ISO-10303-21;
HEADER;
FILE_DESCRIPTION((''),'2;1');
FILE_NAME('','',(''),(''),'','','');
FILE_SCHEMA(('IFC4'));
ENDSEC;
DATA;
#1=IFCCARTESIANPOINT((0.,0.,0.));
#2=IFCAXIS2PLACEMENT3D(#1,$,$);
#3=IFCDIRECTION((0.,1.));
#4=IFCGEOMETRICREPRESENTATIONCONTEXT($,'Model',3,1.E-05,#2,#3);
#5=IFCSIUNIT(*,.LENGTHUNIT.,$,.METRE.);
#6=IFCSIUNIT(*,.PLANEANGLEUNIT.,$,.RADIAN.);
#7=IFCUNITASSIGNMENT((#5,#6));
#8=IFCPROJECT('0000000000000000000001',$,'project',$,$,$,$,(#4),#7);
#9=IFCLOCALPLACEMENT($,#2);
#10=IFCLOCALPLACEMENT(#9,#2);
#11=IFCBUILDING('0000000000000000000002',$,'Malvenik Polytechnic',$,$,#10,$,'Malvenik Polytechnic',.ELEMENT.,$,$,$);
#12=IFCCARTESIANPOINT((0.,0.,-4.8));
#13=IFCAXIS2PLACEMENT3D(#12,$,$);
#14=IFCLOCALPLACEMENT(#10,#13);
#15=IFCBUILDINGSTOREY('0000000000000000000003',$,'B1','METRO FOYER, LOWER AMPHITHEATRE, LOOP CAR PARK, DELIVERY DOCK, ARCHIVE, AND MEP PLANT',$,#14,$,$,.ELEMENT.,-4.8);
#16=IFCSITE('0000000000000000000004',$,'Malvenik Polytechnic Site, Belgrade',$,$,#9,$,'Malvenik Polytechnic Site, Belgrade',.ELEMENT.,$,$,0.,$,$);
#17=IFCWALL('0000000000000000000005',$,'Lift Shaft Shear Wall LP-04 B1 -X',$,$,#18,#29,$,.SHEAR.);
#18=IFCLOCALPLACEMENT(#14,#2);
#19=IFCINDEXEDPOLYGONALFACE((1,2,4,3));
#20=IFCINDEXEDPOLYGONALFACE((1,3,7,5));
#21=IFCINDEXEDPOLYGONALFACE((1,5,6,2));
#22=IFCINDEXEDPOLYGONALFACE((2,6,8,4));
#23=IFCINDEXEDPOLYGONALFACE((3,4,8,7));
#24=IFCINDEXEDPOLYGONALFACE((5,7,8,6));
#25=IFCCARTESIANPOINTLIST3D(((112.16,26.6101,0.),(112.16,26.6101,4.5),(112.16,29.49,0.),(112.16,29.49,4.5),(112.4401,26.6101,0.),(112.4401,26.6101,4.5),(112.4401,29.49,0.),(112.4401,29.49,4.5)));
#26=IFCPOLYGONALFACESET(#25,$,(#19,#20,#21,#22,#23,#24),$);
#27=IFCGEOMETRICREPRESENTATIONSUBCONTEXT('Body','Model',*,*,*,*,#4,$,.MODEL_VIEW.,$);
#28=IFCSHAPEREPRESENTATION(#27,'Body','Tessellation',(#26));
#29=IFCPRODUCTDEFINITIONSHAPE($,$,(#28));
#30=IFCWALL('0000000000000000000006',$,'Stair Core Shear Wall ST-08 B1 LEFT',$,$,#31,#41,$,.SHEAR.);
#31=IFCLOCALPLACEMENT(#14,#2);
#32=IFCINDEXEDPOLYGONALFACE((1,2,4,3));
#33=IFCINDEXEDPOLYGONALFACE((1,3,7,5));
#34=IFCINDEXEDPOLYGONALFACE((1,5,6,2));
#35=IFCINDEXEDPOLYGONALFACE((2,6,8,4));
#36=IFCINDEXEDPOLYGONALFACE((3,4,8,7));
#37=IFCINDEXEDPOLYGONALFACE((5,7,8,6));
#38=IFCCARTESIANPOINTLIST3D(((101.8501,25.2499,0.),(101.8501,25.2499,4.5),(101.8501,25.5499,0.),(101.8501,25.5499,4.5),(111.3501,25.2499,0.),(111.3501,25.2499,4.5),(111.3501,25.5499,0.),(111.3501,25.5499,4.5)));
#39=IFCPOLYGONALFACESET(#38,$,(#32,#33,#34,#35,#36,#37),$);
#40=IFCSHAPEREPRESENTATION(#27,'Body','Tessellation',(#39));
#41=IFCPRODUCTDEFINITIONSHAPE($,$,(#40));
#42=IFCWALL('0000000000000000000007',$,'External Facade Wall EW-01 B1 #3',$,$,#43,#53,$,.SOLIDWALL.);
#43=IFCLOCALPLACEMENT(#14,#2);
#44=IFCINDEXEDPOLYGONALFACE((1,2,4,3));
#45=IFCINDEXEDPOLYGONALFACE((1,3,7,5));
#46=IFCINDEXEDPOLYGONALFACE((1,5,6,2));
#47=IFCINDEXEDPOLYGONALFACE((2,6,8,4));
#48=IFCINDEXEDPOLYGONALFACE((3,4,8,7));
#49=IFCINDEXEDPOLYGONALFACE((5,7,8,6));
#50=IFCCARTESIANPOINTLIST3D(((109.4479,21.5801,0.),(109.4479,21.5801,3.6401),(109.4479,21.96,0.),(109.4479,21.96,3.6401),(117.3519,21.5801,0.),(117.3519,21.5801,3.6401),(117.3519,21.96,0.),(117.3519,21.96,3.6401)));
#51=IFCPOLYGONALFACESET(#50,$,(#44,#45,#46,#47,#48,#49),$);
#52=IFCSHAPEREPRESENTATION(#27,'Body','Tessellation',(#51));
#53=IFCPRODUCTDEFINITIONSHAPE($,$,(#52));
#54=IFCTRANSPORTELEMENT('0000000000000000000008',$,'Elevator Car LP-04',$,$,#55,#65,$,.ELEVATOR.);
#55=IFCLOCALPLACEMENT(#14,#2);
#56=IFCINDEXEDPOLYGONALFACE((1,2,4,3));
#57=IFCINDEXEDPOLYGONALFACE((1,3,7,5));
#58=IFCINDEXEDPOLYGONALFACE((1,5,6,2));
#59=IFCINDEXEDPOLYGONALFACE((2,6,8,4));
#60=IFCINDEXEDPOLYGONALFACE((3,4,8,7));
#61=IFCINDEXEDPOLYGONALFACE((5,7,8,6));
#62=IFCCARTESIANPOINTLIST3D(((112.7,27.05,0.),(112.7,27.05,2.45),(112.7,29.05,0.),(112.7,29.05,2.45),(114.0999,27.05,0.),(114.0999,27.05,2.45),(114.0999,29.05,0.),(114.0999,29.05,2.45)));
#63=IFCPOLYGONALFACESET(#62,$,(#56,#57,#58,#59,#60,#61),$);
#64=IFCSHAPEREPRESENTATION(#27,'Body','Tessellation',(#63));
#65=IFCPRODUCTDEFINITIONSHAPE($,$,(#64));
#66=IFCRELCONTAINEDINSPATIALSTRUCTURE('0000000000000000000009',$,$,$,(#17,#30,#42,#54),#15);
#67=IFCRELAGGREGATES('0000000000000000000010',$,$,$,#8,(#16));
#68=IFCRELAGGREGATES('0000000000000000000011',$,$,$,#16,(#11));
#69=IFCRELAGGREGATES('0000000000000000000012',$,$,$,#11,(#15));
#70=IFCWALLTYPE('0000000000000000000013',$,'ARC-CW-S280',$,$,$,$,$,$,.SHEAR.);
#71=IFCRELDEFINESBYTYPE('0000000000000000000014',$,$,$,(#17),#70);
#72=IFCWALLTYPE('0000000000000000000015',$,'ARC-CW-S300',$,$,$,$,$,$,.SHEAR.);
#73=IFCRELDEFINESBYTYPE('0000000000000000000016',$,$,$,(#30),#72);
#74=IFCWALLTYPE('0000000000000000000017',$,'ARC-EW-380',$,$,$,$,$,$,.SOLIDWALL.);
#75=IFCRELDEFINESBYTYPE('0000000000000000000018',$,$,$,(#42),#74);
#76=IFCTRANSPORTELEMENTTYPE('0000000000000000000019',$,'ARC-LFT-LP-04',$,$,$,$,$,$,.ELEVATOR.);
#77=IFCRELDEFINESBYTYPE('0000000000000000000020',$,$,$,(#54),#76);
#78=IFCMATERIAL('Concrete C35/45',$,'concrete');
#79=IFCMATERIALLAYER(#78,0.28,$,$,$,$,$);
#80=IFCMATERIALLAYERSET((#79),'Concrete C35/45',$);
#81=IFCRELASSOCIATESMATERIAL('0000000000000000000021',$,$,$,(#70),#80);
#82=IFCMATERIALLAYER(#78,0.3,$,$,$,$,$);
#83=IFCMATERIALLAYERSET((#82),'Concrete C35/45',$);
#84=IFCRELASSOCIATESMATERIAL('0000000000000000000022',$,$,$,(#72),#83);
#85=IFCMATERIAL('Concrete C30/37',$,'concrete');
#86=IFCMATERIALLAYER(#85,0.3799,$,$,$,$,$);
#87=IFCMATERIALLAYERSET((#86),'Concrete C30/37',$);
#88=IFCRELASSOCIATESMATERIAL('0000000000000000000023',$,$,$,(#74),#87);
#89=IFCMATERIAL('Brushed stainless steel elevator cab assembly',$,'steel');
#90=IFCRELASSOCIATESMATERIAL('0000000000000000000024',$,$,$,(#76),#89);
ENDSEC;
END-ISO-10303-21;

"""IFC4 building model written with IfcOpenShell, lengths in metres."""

from ifc_helpers import new_model, si_unit, direction, frame, frame_2d, origin, origin_2d, place, context, subcontext, project, spatial, rectangle, extrude, material, layer, layer_set, type_object, element, save


model = new_model("IFC4")

# Units and contexts
model_context = context("Model", 3, precision=1e-05, world=origin(), true_north=direction((0.0, 1.0)))
body_context = subcontext(model_context, "Body", "Model", "MODEL_VIEW")
ifc_project = project(units=[si_unit("LENGTHUNIT", "METRE"), si_unit("PLANEANGLEUNIT", "RADIAN")], contexts=[model_context])

# Site, building, storey
site_placement = place(None, origin())
site = spatial("IfcSite", under=ifc_project, at=site_placement, Name="Malvenik Polytechnic Site, Belgrade", LongName="Malvenik Polytechnic Site, Belgrade", CompositionType="ELEMENT", RefElevation=0.0)
building_placement = place(site_placement, origin())
building = spatial("IfcBuilding", under=site, at=building_placement, Name="Malvenik Polytechnic", LongName="Malvenik Polytechnic", CompositionType="ELEMENT")
storey_placement = place(building_placement, frame((0.0, 0.0, -4.8)))
storey = spatial("IfcBuildingStorey", under=building, at=storey_placement, Name="B1", Description="METRO FOYER, LOWER AMPHITHEATRE, LOOP CAR PARK, DELIVERY DOCK, ARCHIVE, AND MEP PLANT", CompositionType="ELEMENT", Elevation=-4.8)

# Shared definitions
ifc_material_1 = material(Name="Concrete C35/45", Category="concrete")

# Shared definitions
ifc_material_2 = material(Name="Concrete C30/37", Category="concrete")

# Walls
ifc_layer_1 = layer(ifc_material_1, 0.28)
ifc_layer_set_1 = layer_set([ifc_layer_1], Name="Concrete C35/45")
wall_type_1 = type_object("IfcWallType", Name="ARC-CW-S280", PredefinedType="SHEAR", material=ifc_layer_set_1)
wall_1_placement = place(storey_placement, frame((112.3, 26.6101, 0.0), z_axis=(0.0, 0.0, 1.0), x_axis=(0.0, 1.0, 0.0)))
element("IfcWall", 1, at=wall_1_placement, inside=storey, type_object=wall_type_1, Name="Lift Shaft Shear Wall LP-04 B1 -X", PredefinedType="SHEAR", context=body_context, shape_type="SweptSolid", body=[
    extrude(rectangle(XDim=2.8799, YDim=0.28, at=frame_2d((1.4399, 0.0))), origin(), (0.0, 0.0, 1.0), 4.5),
])
ifc_layer_2 = layer(ifc_material_1, 0.3)
ifc_layer_set_2 = layer_set([ifc_layer_2], Name="Concrete C35/45")
wall_type_2 = type_object("IfcWallType", Name="ARC-CW-S300", PredefinedType="SHEAR", material=ifc_layer_set_2)
wall_2_placement = place(storey_placement, frame((111.3501, 25.3999, 0.0), z_axis=(0.0, 0.0, 1.0), x_axis=(-1.0, 0.0, 0.0)))
element("IfcWall", 2, at=wall_2_placement, inside=storey, type_object=wall_type_2, Name="Stair Core Shear Wall ST-08 B1 LEFT", PredefinedType="SHEAR", context=body_context, shape_type="SweptSolid", body=[
    extrude(rectangle(XDim=9.5, YDim=0.3, at=frame_2d((4.75, 0.0))), origin(), (0.0, 0.0, 1.0), 4.5),
])
ifc_layer_3 = layer(ifc_material_2, 0.3799)
ifc_layer_set_3 = layer_set([ifc_layer_3], Name="Concrete C30/37")
wall_type_3 = type_object("IfcWallType", Name="ARC-EW-380", PredefinedType="SOLIDWALL", material=ifc_layer_set_3)
wall_3_placement = place(storey_placement, frame((117.3521, 21.77, 0.0), z_axis=(0.0, 0.0, 1.0), x_axis=(-1.0, 0.0, 0.0)))
element("IfcWall", 3, at=wall_3_placement, inside=storey, type_object=wall_type_3, Name="External Facade Wall EW-01 B1 #3", PredefinedType="SOLIDWALL", context=body_context, shape_type="SweptSolid", body=[
    extrude(rectangle(XDim=7.9041, YDim=0.3799, at=frame_2d((3.9521, 0.0))), origin(), (0.0, 0.0, 1.0), 3.6401),
])

# Transport element
ifc_material_3 = material(Name="Brushed stainless steel elevator cab assembly", Category="steel")
transport_element_type = type_object("IfcTransportElementType", Name="ARC-LFT-LP-04", PredefinedType="ELEVATOR", material=ifc_material_3)
transport_element_placement = place(storey_placement, frame((113.3999, 28.05, 0.0), z_axis=(0.0, 0.0, 1.0), x_axis=(1.0, 0.0, 0.0)))
element("IfcTransportElement", 4, at=transport_element_placement, inside=storey, type_object=transport_element_type, Name="Elevator Car LP-04", PredefinedType="ELEVATOR", context=body_context, shape_type="SweptSolid", body=[
    extrude(rectangle(XDim=1.3999, YDim=2.0, at=origin_2d()), origin(), (0.0, 0.0, 1.0), 2.45),
])

save(model, "model.ifc")
